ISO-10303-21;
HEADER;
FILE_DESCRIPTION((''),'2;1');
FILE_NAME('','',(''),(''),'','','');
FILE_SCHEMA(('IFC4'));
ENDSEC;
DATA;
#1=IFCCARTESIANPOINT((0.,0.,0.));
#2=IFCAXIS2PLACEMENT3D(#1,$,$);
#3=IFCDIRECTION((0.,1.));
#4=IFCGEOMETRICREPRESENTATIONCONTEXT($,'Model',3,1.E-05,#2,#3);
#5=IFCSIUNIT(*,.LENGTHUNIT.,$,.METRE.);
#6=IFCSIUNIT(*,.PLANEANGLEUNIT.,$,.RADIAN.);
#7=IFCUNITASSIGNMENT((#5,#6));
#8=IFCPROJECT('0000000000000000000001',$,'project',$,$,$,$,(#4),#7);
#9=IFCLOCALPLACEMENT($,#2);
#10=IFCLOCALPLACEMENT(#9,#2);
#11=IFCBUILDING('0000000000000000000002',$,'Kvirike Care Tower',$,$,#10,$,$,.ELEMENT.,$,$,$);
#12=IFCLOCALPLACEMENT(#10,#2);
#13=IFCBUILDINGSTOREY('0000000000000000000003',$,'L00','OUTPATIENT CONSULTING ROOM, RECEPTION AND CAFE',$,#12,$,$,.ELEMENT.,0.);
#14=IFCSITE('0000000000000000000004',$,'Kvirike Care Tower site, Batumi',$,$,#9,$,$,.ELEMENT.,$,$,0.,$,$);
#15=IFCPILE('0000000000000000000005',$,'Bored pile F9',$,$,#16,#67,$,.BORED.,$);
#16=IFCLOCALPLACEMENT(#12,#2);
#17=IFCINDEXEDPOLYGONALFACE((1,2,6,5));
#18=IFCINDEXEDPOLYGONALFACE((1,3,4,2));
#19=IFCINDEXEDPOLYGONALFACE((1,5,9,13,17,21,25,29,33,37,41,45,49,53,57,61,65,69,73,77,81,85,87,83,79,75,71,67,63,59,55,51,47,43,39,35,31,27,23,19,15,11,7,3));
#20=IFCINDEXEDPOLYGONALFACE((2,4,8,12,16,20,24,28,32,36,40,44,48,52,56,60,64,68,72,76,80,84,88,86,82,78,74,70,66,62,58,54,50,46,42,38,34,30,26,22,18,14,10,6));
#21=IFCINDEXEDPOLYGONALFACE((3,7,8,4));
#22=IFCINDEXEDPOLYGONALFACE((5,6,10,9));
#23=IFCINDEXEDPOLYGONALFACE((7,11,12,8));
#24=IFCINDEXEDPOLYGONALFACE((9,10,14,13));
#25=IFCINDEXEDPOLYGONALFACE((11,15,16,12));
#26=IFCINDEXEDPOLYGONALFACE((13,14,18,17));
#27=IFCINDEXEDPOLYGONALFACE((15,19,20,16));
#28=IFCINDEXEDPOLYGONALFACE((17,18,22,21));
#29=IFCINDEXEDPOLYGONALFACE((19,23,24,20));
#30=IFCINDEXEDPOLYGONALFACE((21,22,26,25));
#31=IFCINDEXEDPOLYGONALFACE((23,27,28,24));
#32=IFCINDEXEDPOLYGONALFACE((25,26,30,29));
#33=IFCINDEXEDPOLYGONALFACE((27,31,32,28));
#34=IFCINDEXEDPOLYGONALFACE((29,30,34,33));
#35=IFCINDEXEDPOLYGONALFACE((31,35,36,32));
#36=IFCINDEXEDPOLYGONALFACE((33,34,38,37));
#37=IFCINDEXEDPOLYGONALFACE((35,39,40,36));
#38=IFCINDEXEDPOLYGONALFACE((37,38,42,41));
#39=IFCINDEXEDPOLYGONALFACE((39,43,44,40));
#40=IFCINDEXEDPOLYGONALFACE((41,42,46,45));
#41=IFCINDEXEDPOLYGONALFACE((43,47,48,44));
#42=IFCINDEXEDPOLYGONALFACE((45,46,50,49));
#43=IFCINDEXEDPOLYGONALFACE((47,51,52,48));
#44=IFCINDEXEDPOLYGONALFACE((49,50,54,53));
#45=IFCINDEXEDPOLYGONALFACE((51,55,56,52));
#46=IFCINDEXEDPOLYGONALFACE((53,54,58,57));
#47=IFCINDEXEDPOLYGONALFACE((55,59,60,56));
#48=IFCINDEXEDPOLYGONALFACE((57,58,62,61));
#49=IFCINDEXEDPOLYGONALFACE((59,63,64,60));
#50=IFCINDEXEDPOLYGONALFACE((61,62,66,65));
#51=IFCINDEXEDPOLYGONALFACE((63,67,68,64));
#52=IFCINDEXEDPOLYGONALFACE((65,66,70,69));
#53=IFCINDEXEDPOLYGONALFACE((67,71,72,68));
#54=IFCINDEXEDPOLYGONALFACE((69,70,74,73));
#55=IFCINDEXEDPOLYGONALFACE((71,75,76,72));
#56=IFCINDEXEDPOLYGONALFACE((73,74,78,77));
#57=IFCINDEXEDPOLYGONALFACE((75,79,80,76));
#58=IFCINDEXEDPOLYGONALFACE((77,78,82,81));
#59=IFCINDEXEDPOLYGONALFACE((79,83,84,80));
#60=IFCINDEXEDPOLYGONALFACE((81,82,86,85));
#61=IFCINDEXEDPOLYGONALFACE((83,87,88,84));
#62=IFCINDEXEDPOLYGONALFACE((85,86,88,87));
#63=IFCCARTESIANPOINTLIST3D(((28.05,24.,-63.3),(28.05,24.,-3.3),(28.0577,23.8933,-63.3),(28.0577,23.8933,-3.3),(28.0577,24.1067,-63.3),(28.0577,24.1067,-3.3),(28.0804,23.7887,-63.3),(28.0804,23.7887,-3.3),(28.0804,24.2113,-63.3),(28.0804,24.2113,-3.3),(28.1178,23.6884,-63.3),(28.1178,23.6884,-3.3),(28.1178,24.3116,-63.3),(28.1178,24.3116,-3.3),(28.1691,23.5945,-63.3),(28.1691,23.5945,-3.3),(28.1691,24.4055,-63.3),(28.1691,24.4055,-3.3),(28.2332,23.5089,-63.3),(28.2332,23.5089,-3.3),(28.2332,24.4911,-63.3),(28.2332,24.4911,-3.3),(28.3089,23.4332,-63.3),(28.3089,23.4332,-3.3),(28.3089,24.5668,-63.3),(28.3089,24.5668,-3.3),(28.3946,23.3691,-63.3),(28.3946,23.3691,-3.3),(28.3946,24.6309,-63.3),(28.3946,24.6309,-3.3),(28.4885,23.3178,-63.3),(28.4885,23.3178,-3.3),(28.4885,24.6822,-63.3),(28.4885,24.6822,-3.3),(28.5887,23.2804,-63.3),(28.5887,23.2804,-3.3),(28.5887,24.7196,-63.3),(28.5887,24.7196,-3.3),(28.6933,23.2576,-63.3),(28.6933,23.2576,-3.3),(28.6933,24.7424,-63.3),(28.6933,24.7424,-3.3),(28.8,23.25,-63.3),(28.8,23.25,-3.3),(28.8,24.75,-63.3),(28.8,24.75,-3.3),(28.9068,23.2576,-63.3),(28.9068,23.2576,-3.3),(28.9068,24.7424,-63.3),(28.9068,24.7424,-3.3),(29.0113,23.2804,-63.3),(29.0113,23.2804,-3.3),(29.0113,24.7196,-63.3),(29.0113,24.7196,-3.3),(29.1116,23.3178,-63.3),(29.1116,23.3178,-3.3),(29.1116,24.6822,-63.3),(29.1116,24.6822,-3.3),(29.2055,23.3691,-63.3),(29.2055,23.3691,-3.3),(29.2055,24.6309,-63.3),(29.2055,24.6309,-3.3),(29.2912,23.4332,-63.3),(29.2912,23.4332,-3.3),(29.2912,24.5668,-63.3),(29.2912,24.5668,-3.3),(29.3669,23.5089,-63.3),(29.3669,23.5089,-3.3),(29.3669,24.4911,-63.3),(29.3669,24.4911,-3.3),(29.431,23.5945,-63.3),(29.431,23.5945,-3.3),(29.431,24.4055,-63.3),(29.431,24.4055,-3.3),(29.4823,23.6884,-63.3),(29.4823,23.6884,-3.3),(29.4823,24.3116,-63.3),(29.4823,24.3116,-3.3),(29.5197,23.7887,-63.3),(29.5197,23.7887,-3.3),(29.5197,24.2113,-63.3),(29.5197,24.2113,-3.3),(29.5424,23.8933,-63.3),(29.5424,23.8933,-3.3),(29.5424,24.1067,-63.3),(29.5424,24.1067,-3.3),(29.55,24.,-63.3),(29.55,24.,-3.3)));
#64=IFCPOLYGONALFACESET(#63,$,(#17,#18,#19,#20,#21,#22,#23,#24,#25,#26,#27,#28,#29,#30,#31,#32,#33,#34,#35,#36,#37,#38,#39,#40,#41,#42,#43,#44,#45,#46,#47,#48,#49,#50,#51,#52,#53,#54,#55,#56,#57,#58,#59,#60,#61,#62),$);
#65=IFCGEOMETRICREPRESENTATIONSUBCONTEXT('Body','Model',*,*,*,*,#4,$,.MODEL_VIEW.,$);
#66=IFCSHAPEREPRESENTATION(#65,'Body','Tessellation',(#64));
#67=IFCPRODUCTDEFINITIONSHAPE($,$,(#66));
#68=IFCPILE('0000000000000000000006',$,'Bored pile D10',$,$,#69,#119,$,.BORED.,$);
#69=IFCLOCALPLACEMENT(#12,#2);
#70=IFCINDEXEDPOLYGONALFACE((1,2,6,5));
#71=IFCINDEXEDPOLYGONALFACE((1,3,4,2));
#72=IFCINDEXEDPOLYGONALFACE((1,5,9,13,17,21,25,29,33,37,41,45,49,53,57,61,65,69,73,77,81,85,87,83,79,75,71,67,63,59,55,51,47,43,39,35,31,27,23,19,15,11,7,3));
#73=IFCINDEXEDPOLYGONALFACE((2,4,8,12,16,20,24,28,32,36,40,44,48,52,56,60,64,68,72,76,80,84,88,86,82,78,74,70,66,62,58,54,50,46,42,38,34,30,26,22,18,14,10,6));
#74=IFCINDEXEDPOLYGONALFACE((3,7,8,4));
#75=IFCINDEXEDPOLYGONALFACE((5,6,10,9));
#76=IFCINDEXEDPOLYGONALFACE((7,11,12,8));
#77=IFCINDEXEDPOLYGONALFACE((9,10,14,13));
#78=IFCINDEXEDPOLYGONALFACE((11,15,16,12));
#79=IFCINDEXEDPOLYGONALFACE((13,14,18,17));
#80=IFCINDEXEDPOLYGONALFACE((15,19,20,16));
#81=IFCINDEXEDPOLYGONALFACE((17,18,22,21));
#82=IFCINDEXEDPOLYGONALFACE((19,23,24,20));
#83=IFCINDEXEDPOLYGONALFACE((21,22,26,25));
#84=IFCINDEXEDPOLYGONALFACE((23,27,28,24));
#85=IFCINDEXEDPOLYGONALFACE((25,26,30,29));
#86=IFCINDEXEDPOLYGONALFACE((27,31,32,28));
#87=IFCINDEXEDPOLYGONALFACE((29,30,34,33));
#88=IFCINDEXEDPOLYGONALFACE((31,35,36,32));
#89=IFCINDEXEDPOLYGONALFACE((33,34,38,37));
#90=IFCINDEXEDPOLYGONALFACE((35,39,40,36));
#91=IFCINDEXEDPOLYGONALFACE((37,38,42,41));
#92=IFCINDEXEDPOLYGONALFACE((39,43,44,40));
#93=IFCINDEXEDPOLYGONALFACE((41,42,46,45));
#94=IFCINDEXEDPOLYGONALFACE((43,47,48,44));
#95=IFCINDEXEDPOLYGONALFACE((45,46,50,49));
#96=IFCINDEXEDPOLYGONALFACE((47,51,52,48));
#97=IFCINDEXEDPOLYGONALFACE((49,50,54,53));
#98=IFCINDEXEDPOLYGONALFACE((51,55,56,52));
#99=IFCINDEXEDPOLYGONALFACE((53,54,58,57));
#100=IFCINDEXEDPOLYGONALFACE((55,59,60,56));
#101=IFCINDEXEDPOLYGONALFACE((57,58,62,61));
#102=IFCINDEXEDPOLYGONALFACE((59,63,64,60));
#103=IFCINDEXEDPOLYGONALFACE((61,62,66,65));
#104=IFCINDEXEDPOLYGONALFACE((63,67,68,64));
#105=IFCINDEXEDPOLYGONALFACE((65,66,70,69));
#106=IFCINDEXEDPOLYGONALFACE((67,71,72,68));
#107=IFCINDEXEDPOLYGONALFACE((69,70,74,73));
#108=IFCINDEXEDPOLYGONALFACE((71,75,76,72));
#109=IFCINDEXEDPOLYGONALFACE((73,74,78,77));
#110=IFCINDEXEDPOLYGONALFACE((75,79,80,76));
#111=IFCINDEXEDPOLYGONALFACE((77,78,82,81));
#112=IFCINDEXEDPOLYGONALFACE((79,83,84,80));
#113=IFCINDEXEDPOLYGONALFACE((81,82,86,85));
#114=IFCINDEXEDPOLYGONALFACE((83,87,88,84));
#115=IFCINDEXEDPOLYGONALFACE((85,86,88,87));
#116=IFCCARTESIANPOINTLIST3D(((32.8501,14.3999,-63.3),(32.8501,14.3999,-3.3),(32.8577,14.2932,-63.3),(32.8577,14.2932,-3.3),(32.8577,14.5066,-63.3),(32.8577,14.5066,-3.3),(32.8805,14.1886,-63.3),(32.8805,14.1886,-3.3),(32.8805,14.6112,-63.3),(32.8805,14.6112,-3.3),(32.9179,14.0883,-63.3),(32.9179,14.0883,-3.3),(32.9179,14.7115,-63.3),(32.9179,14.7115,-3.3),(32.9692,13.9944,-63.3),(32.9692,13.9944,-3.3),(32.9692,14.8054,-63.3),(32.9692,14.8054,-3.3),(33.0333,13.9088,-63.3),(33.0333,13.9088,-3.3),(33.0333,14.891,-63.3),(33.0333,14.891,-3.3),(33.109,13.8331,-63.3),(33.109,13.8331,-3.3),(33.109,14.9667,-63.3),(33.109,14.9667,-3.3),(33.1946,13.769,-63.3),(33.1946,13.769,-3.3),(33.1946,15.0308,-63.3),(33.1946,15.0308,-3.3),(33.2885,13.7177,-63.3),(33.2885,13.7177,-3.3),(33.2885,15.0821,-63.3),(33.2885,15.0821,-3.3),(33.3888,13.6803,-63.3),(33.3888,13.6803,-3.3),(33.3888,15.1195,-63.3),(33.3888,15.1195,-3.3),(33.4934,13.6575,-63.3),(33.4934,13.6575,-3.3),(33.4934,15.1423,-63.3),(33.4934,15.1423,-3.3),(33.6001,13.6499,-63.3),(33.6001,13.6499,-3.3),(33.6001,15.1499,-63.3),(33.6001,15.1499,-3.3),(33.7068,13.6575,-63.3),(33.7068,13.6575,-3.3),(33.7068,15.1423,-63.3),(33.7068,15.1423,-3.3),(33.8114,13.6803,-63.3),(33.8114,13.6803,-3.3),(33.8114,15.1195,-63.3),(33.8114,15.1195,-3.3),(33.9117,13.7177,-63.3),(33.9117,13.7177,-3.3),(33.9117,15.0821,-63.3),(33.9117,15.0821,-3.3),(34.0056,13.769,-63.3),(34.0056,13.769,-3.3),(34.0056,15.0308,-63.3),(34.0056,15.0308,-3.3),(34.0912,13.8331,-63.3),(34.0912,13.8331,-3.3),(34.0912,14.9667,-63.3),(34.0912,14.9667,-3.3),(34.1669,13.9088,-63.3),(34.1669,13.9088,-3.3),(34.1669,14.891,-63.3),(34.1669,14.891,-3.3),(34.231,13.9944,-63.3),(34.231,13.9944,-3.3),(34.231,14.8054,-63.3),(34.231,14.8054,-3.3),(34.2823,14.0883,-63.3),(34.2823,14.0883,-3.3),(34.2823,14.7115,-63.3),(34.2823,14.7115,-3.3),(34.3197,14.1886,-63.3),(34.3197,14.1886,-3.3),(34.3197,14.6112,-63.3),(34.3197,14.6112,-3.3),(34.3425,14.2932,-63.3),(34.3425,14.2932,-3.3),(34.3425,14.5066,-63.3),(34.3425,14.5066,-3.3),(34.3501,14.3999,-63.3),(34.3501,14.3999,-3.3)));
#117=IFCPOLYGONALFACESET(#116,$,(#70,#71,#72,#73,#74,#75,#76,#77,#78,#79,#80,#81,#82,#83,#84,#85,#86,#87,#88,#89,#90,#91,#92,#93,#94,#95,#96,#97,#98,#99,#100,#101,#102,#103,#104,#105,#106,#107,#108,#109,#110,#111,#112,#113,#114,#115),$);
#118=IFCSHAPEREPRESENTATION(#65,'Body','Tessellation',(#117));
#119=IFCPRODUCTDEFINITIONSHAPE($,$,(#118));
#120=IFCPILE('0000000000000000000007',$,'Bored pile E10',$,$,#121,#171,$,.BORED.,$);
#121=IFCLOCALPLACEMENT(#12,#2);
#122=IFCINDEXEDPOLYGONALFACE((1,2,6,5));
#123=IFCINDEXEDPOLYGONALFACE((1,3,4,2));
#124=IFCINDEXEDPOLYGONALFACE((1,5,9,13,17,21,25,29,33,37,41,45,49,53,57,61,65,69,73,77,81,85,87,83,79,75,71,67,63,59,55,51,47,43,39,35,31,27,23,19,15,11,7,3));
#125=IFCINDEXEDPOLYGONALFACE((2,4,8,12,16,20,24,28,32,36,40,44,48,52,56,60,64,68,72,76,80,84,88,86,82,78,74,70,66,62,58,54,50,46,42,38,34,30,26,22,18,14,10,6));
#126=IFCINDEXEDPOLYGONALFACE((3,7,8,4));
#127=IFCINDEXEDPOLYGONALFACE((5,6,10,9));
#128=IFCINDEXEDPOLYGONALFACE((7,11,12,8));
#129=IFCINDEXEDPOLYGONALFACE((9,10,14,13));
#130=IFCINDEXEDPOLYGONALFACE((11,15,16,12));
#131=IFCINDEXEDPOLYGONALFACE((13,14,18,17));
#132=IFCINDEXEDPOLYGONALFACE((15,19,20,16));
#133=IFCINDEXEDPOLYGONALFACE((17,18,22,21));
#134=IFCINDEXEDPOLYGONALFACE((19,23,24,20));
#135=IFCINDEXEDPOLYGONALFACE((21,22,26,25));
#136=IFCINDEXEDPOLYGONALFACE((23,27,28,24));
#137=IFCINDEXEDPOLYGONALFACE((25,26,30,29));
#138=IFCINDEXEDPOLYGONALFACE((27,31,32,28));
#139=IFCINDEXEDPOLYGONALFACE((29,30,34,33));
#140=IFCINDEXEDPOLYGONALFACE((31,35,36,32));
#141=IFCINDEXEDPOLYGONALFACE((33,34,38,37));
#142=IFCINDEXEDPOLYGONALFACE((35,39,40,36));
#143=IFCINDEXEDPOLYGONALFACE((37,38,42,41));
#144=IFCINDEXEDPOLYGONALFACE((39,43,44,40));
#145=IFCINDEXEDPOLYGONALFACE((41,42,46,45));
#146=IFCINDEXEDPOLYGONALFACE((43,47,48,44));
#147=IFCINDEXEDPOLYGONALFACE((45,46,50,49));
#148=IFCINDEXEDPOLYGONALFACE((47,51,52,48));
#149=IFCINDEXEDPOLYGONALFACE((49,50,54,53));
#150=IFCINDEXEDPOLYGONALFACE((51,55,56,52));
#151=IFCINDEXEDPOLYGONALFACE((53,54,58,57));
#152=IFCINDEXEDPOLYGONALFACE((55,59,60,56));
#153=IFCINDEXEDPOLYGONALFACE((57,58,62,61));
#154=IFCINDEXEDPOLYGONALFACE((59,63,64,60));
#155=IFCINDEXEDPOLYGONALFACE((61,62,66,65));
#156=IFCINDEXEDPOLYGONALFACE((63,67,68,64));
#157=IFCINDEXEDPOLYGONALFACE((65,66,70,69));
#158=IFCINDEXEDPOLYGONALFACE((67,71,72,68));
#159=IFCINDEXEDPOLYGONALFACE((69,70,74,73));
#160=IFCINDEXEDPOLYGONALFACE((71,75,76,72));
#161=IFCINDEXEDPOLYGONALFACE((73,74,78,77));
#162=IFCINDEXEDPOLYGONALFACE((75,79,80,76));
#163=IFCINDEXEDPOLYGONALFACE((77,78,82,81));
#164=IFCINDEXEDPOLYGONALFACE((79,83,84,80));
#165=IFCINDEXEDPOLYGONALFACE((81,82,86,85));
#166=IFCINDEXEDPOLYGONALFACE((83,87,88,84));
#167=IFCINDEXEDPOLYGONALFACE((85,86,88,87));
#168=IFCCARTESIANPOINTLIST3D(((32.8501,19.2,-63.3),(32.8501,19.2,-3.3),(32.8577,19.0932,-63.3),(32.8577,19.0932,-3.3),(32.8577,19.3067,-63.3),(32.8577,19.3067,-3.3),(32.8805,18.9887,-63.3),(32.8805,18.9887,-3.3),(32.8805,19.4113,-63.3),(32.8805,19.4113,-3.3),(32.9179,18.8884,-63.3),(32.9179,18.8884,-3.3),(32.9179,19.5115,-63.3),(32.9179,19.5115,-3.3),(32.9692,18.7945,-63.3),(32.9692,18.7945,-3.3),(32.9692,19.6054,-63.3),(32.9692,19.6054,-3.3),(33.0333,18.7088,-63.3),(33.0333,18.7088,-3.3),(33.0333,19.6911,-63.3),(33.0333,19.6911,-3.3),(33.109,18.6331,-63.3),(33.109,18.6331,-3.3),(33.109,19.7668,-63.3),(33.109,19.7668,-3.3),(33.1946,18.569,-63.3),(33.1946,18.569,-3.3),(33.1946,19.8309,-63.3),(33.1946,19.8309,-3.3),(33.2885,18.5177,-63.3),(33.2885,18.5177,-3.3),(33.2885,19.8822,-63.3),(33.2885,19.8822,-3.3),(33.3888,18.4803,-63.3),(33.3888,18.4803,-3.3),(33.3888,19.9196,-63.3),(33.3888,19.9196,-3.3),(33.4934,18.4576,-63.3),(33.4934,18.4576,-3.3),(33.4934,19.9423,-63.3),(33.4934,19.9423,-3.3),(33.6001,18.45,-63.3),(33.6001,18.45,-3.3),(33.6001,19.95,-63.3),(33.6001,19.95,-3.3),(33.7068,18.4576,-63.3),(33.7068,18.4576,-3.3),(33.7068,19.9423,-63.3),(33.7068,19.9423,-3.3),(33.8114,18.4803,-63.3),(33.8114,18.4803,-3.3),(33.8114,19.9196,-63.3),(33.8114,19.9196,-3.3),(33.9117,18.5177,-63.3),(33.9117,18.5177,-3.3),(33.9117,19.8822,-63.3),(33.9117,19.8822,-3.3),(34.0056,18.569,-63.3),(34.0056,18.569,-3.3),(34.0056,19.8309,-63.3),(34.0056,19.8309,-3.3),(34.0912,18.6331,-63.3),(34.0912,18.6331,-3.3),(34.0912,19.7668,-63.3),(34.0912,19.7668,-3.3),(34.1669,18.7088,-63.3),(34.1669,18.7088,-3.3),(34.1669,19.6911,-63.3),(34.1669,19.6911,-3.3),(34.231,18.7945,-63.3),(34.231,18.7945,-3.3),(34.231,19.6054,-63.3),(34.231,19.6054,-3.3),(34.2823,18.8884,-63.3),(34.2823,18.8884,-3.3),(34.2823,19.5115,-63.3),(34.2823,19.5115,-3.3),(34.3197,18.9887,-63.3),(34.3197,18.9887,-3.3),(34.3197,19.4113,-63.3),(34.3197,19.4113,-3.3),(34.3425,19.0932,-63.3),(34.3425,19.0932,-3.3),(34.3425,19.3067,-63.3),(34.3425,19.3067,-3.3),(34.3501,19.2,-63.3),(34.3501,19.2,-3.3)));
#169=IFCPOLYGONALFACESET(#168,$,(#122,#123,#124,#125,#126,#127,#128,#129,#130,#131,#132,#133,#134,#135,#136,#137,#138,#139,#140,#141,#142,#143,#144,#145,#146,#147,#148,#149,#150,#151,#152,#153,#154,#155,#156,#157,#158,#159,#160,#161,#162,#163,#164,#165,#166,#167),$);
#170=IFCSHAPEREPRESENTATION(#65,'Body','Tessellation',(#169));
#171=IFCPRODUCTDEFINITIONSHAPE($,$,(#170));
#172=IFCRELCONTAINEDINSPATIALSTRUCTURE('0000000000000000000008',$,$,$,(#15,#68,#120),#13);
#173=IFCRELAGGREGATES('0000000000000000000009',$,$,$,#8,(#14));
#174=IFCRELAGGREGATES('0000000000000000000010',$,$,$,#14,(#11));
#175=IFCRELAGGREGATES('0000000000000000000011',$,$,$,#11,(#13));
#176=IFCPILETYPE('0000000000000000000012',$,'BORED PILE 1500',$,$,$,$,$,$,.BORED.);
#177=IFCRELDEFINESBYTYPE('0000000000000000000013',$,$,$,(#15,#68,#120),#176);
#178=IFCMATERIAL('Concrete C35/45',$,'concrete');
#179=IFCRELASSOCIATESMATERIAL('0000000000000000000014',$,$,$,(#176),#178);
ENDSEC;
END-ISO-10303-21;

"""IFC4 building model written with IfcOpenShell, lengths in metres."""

from ifc_helpers import new_model, si_unit, direction, frame, origin, origin_2d, place, context, subcontext, project, spatial, circle, extrude, material, material_profile, profile_set, type_object, element, save


model = new_model("IFC4")

# Units and contexts
model_context = context("Model", 3, precision=1e-05, world=origin(), true_north=direction((0.0, 1.0)))
body_context = subcontext(model_context, "Body", "Model", "MODEL_VIEW")
ifc_project = project(units=[si_unit("LENGTHUNIT", "METRE"), si_unit("PLANEANGLEUNIT", "RADIAN")], contexts=[model_context])

# Site, building, storey
site_placement = place(None, origin())
site = spatial("IfcSite", under=ifc_project, at=site_placement, Name="Kvirike Care Tower site, Batumi", CompositionType="ELEMENT", RefElevation=0.0)
building_placement = place(site_placement, origin())
building = spatial("IfcBuilding", under=site, at=building_placement, Name="Kvirike Care Tower", CompositionType="ELEMENT")
storey_placement = place(building_placement, origin())
storey = spatial("IfcBuildingStorey", under=building, at=storey_placement, Name="L00", Description="OUTPATIENT CONSULTING ROOM, RECEPTION AND CAFE", CompositionType="ELEMENT", Elevation=0.0)

# Piles
ifc_material_1 = material(Name="Concrete C35/45", Category="concrete")
ifc_material_profile_1 = material_profile(ifc_material_1, circle(Radius=0.75, at=origin_2d()), Name="BORED PILE 1500")
ifc_profile_set_1 = profile_set([ifc_material_profile_1], Name="Concrete C35/45")
pile_type = type_object("IfcPileType", Name="BORED PILE 1500", PredefinedType="BORED", material=ifc_profile_set_1)
for number, where, z_axis, x_axis, name in (
    (1, (28.8, 24.0, -3.3), (0.0, 0.0, -1.0), (1.0, 0.0, 0.0), "Bored pile F9"),
    (2, (33.6001, 14.3999, -3.3), (0.0, 0.0, -1.0), (1.0, 0.0, 0.0), "Bored pile D10"),
    (3, (33.6001, 19.2, -3.3), (0.0, 0.0, -1.0), (1.0, 0.0, 0.0), "Bored pile E10"),
):
    element("IfcPile", number, at=place(storey_placement, frame(where, z_axis=z_axis, x_axis=x_axis)), inside=storey, type_object=pile_type, Name=name, PredefinedType="BORED", context=body_context, shape_type="SweptSolid", body=[
        extrude(circle(Radius=0.75, at=origin_2d()), origin(), (0.0, 0.0, 1.0), 60.0),
    ])

save(model, "model.ifc")
